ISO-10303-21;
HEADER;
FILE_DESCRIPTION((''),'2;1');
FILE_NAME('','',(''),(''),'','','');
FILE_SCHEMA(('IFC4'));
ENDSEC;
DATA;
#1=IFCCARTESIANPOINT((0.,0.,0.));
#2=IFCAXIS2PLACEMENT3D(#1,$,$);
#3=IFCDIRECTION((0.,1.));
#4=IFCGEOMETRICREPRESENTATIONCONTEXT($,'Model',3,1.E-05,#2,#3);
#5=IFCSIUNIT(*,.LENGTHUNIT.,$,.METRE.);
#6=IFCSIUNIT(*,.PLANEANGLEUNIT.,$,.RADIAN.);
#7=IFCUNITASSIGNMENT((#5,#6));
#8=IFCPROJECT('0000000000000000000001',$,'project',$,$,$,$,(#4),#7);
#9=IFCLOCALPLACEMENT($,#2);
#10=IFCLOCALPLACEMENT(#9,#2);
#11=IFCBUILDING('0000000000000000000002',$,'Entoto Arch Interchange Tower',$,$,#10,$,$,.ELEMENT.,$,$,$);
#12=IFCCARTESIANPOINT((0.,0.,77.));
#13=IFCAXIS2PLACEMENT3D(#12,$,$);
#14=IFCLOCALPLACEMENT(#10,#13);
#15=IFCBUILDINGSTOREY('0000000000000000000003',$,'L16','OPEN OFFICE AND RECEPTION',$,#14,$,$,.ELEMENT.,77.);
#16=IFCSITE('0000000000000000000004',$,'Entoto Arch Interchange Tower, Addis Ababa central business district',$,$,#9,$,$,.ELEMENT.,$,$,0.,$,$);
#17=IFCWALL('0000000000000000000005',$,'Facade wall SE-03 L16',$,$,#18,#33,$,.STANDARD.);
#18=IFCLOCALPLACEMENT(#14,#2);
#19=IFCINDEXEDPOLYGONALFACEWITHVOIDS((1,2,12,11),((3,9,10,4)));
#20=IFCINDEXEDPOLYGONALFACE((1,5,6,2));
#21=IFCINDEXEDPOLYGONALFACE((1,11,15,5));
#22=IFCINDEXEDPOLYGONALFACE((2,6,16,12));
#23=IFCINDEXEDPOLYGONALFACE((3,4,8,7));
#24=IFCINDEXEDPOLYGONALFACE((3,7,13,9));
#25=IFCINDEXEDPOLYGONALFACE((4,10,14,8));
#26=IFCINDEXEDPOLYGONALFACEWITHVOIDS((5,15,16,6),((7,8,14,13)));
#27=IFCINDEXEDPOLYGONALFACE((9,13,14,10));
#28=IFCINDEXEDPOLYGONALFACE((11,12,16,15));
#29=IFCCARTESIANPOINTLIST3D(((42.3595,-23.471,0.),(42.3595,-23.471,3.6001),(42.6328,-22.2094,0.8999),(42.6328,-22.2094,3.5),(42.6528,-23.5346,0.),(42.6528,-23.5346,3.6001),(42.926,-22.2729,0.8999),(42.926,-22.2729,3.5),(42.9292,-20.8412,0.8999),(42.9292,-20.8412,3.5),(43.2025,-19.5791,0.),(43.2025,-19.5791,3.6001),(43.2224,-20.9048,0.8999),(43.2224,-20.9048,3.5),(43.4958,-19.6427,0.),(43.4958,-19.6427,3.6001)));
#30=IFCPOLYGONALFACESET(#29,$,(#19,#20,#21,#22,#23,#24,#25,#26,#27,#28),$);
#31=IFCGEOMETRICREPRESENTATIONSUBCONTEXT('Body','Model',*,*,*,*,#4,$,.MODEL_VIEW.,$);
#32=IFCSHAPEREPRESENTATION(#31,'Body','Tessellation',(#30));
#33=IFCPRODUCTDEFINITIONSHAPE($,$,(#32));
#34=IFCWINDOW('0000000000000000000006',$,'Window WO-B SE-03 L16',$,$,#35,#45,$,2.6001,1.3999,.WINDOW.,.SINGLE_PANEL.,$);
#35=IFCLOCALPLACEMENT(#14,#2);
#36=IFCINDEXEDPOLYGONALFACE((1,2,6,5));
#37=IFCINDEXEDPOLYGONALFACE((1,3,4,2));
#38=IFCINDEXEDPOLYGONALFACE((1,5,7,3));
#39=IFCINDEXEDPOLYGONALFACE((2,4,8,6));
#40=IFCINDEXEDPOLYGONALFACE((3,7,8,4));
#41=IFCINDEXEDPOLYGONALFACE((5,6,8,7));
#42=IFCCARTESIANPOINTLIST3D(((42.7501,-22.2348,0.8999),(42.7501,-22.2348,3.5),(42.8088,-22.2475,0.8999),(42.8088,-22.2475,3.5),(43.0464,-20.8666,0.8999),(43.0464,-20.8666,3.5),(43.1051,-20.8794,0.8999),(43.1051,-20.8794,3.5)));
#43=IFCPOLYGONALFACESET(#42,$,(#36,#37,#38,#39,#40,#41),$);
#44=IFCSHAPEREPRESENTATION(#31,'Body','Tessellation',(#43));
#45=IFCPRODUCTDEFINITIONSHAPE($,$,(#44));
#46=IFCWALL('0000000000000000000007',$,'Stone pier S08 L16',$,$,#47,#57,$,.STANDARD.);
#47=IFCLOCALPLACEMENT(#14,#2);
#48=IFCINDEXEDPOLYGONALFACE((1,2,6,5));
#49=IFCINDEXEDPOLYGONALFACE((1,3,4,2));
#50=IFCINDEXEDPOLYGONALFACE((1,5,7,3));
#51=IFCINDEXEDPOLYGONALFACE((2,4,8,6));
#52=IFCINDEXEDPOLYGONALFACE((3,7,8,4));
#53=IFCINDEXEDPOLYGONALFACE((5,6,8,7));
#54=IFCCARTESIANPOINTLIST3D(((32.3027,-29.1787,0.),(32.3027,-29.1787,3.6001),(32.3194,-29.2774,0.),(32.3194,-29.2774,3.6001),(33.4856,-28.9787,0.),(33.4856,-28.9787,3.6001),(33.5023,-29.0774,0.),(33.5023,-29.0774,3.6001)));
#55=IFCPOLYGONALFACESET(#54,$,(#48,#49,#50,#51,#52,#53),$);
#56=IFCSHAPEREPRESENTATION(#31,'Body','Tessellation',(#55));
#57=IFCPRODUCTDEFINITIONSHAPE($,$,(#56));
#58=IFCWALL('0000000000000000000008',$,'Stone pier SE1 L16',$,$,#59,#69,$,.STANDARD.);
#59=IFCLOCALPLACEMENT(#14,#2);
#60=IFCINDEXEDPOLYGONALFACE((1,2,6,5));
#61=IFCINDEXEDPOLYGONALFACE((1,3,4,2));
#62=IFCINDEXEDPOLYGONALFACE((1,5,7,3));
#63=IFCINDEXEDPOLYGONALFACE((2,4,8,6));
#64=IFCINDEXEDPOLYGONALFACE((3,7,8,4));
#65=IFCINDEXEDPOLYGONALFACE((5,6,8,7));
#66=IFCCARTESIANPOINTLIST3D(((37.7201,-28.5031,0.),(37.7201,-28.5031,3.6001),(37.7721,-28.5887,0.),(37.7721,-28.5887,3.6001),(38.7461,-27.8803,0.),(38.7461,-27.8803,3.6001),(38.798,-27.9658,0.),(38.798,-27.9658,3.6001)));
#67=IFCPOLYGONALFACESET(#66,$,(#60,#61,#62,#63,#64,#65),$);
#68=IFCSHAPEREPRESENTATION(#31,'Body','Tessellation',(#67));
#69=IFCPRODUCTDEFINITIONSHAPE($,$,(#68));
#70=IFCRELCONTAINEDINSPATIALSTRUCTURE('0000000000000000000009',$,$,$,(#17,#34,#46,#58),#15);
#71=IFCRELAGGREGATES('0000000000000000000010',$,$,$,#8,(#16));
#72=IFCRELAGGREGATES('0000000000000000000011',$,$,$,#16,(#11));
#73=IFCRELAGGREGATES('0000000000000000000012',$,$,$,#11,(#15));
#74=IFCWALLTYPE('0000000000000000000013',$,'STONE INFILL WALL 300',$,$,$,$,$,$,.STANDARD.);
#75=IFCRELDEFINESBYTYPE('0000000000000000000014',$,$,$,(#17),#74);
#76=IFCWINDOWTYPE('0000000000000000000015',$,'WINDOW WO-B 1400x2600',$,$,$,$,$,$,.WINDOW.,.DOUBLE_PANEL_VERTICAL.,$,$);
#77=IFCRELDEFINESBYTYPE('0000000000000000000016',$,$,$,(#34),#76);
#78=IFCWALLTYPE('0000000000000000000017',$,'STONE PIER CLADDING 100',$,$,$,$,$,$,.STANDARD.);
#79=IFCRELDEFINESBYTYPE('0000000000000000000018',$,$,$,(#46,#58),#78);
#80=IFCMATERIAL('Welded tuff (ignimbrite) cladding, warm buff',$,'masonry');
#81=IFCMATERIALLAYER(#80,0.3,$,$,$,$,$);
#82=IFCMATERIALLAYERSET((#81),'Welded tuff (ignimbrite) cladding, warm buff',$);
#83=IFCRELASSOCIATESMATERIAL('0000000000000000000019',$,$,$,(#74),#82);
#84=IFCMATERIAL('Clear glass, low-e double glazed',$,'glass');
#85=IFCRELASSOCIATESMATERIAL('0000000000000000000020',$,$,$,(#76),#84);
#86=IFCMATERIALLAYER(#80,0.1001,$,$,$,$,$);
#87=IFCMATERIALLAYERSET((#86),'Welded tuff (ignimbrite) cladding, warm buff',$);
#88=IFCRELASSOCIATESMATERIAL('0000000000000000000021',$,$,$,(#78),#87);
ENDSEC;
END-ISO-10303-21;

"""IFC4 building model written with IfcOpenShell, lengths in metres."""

from ifc_helpers import new_model, si_unit, direction, frame, frame_2d, origin, place, context, subcontext, project, spatial, rectangle, extrude, material, layer, layer_set, type_object, element, fill, save


model = new_model("IFC4")

# Units and contexts
model_context = context("Model", 3, precision=1e-05, world=origin(), true_north=direction((0.0, 1.0)))
body_context = subcontext(model_context, "Body", "Model", "MODEL_VIEW")
ifc_project = project(units=[si_unit("LENGTHUNIT", "METRE"), si_unit("PLANEANGLEUNIT", "RADIAN")], contexts=[model_context])

# Site, building, storey
site_placement = place(None, origin())
site = spatial("IfcSite", under=ifc_project, at=site_placement, Name="Entoto Arch Interchange Tower, Addis Ababa central business district", CompositionType="ELEMENT", RefElevation=0.0)
building_placement = place(site_placement, origin())
building = spatial("IfcBuilding", under=site, at=building_placement, Name="Entoto Arch Interchange Tower", CompositionType="ELEMENT")
storey_placement = place(building_placement, frame((0.0, 0.0, 77.0)))
storey = spatial("IfcBuildingStorey", under=building, at=storey_placement, Name="L16", Description="OPEN OFFICE AND RECEPTION", CompositionType="ELEMENT", Elevation=77.0)

# Wall, opening, window
ifc_material_1 = material(Name="Welded tuff (ignimbrite) cladding, warm buff", Category="masonry")
ifc_layer_1 = layer(ifc_material_1, 0.3)
ifc_layer_set_1 = layer_set([ifc_layer_1], Name="Welded tuff (ignimbrite) cladding, warm buff")
wall_type_1 = type_object("IfcWallType", Name="STONE INFILL WALL 300", PredefinedType="STANDARD", material=ifc_layer_set_1)
ifc_material_2 = material(Name="Clear glass, low-e double glazed", Category="glass")
window_type = type_object("IfcWindowType", Name="WINDOW WO-B 1400x2600", PartitioningType="DOUBLE_PANEL_VERTICAL", PredefinedType="WINDOW", material=ifc_material_2)
wall_1_placement = place(storey_placement, frame((42.5061, -23.5029, 0.0), z_axis=(0.0, 0.0, 1.0), x_axis=(0.211702, 0.977334, 0.0)))
wall_1 = element("IfcWall", 1, at=wall_1_placement, inside=storey, type_object=wall_type_1, Name="Facade wall SE-03 L16", PredefinedType="STANDARD", context=body_context, shape_type="SweptSolid", body=[
    extrude(rectangle(XDim=3.9822, YDim=0.3, at=frame_2d((1.9912, 0.0))), origin(), (0.0, 0.0, 1.0), 3.6001),
])
opening_1_placement = place(wall_1_placement, frame((1.291, 0.0, 0.8999)))
opening_1 = element("IfcOpeningElement", 2, at=opening_1_placement, cuts=wall_1, PredefinedType="OPENING", context=body_context, shape_type="SweptSolid", body=[
    extrude(rectangle(XDim=1.3999, YDim=2.6001, at=frame_2d((0.7, 1.3))), frame((0.0, 0.1602, 0.0), z_axis=(0.0, -1.0, 0.0), x_axis=(1.0, 0.0, 0.0)), (0.0, 0.0, 1.0), 0.3201),
])
window_1_placement = place(opening_1_placement, origin())
window_1 = element("IfcWindow", 3, at=window_1_placement, inside=storey, type_object=window_type, Name="Window WO-B SE-03 L16", OverallHeight=2.6001, OverallWidth=1.3999, PartitioningType="SINGLE_PANEL", PredefinedType="WINDOW", context=body_context, shape_type="SweptSolid", body=[
    extrude(rectangle(XDim=1.3999, YDim=2.6001, at=frame_2d((0.7, 1.3))), frame((0.0, 0.03, 0.0), z_axis=(0.0, -1.0, 0.0), x_axis=(1.0, 0.0, 0.0)), (0.0, 0.0, 1.0), 0.0601),
])
fill(opening_1, window_1)

# Walls
ifc_layer_2 = layer(ifc_material_1, 0.1001)
ifc_layer_set_2 = layer_set([ifc_layer_2], Name="Welded tuff (ignimbrite) cladding, warm buff")
wall_type_2 = type_object("IfcWallType", Name="STONE PIER CLADDING 100", PredefinedType="STANDARD", material=ifc_layer_set_2)
wall_2_placement = place(storey_placement, frame((32.311, -29.228, 0.0), z_axis=(0.0, 0.0, 1.0), x_axis=(0.986012, 0.166676, 0.0)))
element("IfcWall", 4, at=wall_2_placement, inside=storey, type_object=wall_type_2, Name="Stone pier S08 L16", PredefinedType="STANDARD", context=body_context, shape_type="SweptSolid", body=[
    extrude(rectangle(XDim=1.1997, YDim=0.1001, at=frame_2d((0.5999, 0.0))), origin(), (0.0, 0.0, 1.0), 3.6001),
])
wall_3_placement = place(storey_placement, frame((37.7461, -28.5459, 0.0), z_axis=(0.0, 0.0, 1.0), x_axis=(0.854807, 0.518946, 0.0)))
element("IfcWall", 5, at=wall_3_placement, inside=storey, type_object=wall_type_2, Name="Stone pier SE1 L16", PredefinedType="STANDARD", context=body_context, shape_type="SweptSolid", body=[
    extrude(rectangle(XDim=1.2002, YDim=0.1001, at=frame_2d((0.6001, 0.0))), origin(), (0.0, 0.0, 1.0), 3.6001),
])

save(model, "model.ifc")
